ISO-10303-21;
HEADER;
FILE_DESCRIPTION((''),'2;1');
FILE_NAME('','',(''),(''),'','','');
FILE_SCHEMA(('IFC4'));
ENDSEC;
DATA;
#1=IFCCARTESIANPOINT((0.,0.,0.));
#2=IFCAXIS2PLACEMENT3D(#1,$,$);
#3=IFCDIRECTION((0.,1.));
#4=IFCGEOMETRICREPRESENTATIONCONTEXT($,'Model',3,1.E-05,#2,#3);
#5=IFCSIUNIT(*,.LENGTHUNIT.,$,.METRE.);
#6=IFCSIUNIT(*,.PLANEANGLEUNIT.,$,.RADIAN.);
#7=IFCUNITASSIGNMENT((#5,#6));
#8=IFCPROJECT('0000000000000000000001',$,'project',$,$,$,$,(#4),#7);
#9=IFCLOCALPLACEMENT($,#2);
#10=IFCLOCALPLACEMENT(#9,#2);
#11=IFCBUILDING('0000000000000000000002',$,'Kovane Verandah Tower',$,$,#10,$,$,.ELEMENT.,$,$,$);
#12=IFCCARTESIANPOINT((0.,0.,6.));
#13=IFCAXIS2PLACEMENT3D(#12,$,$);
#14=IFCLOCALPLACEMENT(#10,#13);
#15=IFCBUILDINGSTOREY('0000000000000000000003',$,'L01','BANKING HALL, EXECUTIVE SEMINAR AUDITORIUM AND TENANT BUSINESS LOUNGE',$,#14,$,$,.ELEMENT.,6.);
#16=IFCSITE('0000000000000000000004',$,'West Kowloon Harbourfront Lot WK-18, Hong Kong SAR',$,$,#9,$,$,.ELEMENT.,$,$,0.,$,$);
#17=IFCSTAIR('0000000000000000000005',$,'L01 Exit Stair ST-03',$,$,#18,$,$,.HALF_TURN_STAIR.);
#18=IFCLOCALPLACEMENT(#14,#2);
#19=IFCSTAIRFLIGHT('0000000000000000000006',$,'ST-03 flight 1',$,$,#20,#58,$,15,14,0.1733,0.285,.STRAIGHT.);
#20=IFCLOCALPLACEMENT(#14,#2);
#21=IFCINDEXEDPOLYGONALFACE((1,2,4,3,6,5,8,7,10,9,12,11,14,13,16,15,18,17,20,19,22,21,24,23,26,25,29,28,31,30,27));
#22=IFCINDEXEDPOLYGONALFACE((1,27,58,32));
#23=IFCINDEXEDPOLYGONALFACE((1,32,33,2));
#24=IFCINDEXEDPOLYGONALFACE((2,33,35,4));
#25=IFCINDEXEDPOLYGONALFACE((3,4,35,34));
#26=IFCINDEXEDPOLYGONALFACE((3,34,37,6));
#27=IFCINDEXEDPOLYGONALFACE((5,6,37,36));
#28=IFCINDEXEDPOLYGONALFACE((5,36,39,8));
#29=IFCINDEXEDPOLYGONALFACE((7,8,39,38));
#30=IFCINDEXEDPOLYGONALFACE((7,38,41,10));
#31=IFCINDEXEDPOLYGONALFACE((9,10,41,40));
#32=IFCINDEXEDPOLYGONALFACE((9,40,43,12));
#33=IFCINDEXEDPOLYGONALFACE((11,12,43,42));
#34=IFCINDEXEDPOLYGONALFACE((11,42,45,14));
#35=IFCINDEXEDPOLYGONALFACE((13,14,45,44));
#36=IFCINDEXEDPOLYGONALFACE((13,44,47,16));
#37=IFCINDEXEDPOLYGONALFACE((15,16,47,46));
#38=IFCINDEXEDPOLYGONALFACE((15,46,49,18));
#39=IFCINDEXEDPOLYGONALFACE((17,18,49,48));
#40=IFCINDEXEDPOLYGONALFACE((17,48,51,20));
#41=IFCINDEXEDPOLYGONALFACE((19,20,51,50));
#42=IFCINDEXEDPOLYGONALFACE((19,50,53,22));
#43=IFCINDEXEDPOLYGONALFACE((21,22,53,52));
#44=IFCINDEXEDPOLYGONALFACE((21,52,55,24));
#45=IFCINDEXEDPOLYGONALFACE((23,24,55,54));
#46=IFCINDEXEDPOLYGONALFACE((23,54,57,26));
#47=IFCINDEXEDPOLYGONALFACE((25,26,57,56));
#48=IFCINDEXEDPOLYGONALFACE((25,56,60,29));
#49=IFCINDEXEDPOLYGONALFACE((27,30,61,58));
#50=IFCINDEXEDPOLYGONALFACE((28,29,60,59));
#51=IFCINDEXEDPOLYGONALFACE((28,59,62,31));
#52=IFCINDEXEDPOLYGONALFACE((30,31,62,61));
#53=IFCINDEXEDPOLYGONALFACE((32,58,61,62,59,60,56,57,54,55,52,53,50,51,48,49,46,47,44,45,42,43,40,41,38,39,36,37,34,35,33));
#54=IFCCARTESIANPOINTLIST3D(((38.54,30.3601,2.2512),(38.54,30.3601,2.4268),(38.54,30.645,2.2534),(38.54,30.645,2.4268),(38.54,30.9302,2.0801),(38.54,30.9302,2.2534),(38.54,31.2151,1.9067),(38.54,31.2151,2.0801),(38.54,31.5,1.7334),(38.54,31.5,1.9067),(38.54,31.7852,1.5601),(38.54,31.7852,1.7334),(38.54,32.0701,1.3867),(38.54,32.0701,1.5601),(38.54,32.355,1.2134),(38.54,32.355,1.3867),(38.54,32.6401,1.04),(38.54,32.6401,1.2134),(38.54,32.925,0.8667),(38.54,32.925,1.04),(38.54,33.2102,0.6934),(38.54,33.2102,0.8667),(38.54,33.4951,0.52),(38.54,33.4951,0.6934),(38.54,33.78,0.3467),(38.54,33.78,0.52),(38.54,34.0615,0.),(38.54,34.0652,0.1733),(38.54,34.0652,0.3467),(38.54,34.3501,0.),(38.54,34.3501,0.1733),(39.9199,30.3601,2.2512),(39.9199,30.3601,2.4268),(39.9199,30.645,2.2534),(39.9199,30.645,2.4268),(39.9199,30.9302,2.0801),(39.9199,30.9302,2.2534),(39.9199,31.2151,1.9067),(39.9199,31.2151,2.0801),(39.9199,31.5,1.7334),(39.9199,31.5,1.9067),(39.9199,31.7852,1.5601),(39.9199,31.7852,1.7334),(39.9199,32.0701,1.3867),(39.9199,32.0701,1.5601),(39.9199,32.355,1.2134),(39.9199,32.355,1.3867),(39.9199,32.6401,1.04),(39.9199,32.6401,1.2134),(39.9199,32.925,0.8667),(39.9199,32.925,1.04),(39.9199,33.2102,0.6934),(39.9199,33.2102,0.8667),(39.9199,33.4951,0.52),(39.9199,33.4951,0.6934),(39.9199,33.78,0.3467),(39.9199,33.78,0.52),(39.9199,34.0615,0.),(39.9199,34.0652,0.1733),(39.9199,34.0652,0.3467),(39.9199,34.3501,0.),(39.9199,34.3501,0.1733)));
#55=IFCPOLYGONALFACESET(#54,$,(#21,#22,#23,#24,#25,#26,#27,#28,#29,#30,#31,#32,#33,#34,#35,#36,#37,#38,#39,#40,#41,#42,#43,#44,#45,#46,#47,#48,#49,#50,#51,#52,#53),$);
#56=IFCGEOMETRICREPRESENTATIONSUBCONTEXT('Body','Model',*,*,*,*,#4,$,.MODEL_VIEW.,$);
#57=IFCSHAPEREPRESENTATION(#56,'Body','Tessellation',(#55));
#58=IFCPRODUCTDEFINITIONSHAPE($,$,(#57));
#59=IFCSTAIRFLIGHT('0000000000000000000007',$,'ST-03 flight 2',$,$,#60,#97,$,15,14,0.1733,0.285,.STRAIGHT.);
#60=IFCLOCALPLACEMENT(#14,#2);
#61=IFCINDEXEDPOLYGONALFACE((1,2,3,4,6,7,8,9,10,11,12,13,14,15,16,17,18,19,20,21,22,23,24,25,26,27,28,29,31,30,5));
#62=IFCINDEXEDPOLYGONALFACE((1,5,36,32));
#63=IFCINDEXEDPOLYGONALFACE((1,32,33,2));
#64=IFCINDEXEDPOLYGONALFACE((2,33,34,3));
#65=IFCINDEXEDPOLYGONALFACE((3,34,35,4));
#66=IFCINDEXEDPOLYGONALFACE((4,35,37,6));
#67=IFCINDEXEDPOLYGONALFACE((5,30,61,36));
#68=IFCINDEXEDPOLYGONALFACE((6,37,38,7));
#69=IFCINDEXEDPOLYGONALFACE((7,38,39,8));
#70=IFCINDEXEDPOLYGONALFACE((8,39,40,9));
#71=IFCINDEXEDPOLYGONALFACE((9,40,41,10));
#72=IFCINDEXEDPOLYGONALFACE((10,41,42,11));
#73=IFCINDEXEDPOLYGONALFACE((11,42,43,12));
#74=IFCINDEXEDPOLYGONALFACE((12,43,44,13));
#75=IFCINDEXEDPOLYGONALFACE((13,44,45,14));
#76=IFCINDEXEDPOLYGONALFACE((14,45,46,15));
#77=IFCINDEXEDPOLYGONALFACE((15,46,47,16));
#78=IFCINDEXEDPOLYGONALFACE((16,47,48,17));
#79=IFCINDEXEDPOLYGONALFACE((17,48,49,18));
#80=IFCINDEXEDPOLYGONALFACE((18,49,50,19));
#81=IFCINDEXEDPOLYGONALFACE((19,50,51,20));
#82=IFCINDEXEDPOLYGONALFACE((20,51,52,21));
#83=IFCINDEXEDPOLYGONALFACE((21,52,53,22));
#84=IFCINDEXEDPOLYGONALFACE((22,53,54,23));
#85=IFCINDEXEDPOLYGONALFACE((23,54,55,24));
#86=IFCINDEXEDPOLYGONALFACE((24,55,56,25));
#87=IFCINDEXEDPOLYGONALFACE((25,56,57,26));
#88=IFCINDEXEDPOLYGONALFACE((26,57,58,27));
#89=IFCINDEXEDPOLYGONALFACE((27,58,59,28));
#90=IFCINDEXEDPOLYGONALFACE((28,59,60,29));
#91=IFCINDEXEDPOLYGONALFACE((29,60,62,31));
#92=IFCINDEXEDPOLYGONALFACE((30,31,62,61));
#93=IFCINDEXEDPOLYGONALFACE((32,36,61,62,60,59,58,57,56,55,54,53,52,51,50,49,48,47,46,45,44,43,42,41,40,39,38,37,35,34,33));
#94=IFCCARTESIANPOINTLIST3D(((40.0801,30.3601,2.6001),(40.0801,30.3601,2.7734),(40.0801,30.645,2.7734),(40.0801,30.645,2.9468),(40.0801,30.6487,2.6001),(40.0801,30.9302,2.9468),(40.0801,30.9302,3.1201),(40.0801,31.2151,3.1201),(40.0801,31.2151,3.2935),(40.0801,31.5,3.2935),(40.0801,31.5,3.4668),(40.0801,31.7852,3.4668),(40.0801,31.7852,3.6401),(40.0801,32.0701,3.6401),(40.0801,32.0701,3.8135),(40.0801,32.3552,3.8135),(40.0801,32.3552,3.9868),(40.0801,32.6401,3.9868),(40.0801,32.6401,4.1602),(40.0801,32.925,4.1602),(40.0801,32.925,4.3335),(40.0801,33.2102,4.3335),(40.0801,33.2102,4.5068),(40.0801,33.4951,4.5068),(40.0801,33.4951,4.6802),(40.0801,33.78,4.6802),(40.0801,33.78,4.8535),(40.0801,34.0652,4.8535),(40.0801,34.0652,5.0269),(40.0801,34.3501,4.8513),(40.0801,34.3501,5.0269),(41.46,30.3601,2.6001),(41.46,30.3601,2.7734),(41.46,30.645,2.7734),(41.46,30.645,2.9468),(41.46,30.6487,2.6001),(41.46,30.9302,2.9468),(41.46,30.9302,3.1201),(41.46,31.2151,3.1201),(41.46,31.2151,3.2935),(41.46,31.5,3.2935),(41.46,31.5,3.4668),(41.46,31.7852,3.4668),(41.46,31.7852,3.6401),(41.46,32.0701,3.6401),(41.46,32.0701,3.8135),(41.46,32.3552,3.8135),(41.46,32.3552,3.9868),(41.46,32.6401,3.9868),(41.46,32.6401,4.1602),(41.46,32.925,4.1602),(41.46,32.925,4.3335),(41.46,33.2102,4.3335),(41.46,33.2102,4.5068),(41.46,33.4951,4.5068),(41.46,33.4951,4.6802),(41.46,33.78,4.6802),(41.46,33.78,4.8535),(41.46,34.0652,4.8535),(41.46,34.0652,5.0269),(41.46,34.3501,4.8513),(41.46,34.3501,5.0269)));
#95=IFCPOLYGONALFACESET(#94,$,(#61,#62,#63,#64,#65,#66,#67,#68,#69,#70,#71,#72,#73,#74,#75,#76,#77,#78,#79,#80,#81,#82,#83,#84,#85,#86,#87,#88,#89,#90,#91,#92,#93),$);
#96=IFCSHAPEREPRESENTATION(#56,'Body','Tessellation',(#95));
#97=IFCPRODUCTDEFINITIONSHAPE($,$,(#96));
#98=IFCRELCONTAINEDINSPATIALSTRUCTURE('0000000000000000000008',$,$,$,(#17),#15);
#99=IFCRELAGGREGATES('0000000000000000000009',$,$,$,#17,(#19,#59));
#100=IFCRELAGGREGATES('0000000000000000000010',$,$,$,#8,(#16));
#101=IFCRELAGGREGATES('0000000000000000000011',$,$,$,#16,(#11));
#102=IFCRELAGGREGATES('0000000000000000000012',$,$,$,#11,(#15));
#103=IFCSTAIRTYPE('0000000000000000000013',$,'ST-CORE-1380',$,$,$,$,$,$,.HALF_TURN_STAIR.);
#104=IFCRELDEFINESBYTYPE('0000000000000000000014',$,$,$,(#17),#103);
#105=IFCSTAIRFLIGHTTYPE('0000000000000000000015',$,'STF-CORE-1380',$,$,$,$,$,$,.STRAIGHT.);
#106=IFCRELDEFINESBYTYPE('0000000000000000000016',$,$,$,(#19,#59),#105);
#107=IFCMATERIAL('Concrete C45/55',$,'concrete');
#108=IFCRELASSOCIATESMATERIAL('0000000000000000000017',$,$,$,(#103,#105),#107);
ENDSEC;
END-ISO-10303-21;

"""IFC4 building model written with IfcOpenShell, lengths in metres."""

from ifc_helpers import new_model, si_unit, direction, frame, origin, place, context, subcontext, project, spatial, polyline, outline, extrude, material, type_object, element, aggregate, save


model = new_model("IFC4")

# Units and contexts
model_context = context("Model", 3, precision=1e-05, world=origin(), true_north=direction((0.0, 1.0)))
body_context = subcontext(model_context, "Body", "Model", "MODEL_VIEW")
ifc_project = project(units=[si_unit("LENGTHUNIT", "METRE"), si_unit("PLANEANGLEUNIT", "RADIAN")], contexts=[model_context])

# Site, building, storey
site_placement = place(None, origin())
site = spatial("IfcSite", under=ifc_project, at=site_placement, Name="West Kowloon Harbourfront Lot WK-18, Hong Kong SAR", CompositionType="ELEMENT", RefElevation=0.0)
building_placement = place(site_placement, origin())
building = spatial("IfcBuilding", under=site, at=building_placement, Name="Kovane Verandah Tower", CompositionType="ELEMENT")
storey_placement = place(building_placement, frame((0.0, 0.0, 6.0)))
storey = spatial("IfcBuildingStorey", under=building, at=storey_placement, Name="L01", Description="BANKING HALL, EXECUTIVE SEMINAR AUDITORIUM AND TENANT BUSINESS LOUNGE", CompositionType="ELEMENT", Elevation=6.0)

# Shared definitions
ifc_material_1 = material(Name="Concrete C45/55", Category="concrete")

# Stair, stair flights
stair_type = type_object("IfcStairType", Name="ST-CORE-1380", PredefinedType="HALF_TURN_STAIR", material=ifc_material_1)
stair_flight_type = type_object("IfcStairFlightType", Name="STF-CORE-1380", PredefinedType="STRAIGHT", material=ifc_material_1)
stair_1_placement = place(storey_placement, origin())
stair_1 = element("IfcStair", 1, at=stair_1_placement, inside=storey, type_object=stair_type, Name="L01 Exit Stair ST-03", PredefinedType="HALF_TURN_STAIR")
stair_flight_1_placement = place(storey_placement, frame((39.23, 34.3501, 0.0), z_axis=(0.0, 0.0, 1.0), x_axis=(0.0, -1.0, 0.0)))
stair_flight_1 = element("IfcStairFlight", 2, at=stair_flight_1_placement, type_object=stair_flight_type, Name="ST-03 flight 1", NumberOfRisers=15, NumberOfTreads=14, PredefinedType="STRAIGHT", RiserHeight=0.1733, TreadLength=0.285, context=body_context, shape_type="SweptSolid", body=[
    extrude(outline(polyline([(0.0, 0.0), (0.0, 0.1733), (0.2849, 0.1733), (0.2849, 0.3467), (0.5701, 0.3467), (0.5701, 0.52), (0.855, 0.52), (0.855, 0.6934), (1.1399, 0.6934), (1.1399, 0.8667), (1.425, 0.8667), (1.425, 1.04), (1.71, 1.04), (1.71, 1.2134), (1.9951, 1.2134), (1.9951, 1.3867), (2.28, 1.3867), (2.28, 1.5601), (2.5649, 1.5601), (2.5649, 1.7334), (2.8501, 1.7334), (2.8501, 1.9067), (3.135, 1.9067), (3.135, 2.0801), (3.4199, 2.0801), (3.4199, 2.2534), (3.7051, 2.2534), (3.7051, 2.4268), (3.99, 2.4268), (3.99, 2.6001), (3.99, 2.2512), (0.2886, 0.0), (0.0, 0.0)])), frame((0.0, 0.6899, 0.0), z_axis=(0.0, -1.0, 0.0), x_axis=(1.0, 0.0, 0.0)), (0.0, 0.0, 1.0), 1.3799),
])
stair_flight_2_placement = place(storey_placement, frame((40.77, 30.3601, 2.6001), z_axis=(0.0, 0.0, 1.0), x_axis=(0.0, 1.0, 0.0)))
stair_flight_2 = element("IfcStairFlight", 3, at=stair_flight_2_placement, type_object=stair_flight_type, Name="ST-03 flight 2", NumberOfRisers=15, NumberOfTreads=14, PredefinedType="STRAIGHT", RiserHeight=0.1733, TreadLength=0.285, context=body_context, shape_type="SweptSolid", body=[
    extrude(outline(polyline([(0.0, 0.0), (0.0, 0.1733), (0.2849, 0.1733), (0.2849, 0.3467), (0.5701, 0.3467), (0.5701, 0.52), (0.855, 0.52), (0.855, 0.6934), (1.1399, 0.6934), (1.1399, 0.8667), (1.425, 0.8667), (1.425, 1.04), (1.71, 1.04), (1.71, 1.2134), (1.9951, 1.2134), (1.9951, 1.3867), (2.28, 1.3867), (2.28, 1.5601), (2.5649, 1.5601), (2.5649, 1.7334), (2.8501, 1.7334), (2.8501, 1.9067), (3.135, 1.9067), (3.135, 2.0801), (3.4199, 2.0801), (3.4199, 2.2534), (3.7051, 2.2534), (3.7051, 2.4268), (3.99, 2.4268), (3.99, 2.6001), (3.99, 2.2512), (0.2886, 0.0), (0.0, 0.0)])), frame((0.0, 0.6899, 0.0), z_axis=(0.0, -1.0, 0.0), x_axis=(1.0, 0.0, 0.0)), (0.0, 0.0, 1.0), 1.3799),
])
aggregate(stair_1, [stair_flight_1, stair_flight_2])

save(model, "model.ifc")
